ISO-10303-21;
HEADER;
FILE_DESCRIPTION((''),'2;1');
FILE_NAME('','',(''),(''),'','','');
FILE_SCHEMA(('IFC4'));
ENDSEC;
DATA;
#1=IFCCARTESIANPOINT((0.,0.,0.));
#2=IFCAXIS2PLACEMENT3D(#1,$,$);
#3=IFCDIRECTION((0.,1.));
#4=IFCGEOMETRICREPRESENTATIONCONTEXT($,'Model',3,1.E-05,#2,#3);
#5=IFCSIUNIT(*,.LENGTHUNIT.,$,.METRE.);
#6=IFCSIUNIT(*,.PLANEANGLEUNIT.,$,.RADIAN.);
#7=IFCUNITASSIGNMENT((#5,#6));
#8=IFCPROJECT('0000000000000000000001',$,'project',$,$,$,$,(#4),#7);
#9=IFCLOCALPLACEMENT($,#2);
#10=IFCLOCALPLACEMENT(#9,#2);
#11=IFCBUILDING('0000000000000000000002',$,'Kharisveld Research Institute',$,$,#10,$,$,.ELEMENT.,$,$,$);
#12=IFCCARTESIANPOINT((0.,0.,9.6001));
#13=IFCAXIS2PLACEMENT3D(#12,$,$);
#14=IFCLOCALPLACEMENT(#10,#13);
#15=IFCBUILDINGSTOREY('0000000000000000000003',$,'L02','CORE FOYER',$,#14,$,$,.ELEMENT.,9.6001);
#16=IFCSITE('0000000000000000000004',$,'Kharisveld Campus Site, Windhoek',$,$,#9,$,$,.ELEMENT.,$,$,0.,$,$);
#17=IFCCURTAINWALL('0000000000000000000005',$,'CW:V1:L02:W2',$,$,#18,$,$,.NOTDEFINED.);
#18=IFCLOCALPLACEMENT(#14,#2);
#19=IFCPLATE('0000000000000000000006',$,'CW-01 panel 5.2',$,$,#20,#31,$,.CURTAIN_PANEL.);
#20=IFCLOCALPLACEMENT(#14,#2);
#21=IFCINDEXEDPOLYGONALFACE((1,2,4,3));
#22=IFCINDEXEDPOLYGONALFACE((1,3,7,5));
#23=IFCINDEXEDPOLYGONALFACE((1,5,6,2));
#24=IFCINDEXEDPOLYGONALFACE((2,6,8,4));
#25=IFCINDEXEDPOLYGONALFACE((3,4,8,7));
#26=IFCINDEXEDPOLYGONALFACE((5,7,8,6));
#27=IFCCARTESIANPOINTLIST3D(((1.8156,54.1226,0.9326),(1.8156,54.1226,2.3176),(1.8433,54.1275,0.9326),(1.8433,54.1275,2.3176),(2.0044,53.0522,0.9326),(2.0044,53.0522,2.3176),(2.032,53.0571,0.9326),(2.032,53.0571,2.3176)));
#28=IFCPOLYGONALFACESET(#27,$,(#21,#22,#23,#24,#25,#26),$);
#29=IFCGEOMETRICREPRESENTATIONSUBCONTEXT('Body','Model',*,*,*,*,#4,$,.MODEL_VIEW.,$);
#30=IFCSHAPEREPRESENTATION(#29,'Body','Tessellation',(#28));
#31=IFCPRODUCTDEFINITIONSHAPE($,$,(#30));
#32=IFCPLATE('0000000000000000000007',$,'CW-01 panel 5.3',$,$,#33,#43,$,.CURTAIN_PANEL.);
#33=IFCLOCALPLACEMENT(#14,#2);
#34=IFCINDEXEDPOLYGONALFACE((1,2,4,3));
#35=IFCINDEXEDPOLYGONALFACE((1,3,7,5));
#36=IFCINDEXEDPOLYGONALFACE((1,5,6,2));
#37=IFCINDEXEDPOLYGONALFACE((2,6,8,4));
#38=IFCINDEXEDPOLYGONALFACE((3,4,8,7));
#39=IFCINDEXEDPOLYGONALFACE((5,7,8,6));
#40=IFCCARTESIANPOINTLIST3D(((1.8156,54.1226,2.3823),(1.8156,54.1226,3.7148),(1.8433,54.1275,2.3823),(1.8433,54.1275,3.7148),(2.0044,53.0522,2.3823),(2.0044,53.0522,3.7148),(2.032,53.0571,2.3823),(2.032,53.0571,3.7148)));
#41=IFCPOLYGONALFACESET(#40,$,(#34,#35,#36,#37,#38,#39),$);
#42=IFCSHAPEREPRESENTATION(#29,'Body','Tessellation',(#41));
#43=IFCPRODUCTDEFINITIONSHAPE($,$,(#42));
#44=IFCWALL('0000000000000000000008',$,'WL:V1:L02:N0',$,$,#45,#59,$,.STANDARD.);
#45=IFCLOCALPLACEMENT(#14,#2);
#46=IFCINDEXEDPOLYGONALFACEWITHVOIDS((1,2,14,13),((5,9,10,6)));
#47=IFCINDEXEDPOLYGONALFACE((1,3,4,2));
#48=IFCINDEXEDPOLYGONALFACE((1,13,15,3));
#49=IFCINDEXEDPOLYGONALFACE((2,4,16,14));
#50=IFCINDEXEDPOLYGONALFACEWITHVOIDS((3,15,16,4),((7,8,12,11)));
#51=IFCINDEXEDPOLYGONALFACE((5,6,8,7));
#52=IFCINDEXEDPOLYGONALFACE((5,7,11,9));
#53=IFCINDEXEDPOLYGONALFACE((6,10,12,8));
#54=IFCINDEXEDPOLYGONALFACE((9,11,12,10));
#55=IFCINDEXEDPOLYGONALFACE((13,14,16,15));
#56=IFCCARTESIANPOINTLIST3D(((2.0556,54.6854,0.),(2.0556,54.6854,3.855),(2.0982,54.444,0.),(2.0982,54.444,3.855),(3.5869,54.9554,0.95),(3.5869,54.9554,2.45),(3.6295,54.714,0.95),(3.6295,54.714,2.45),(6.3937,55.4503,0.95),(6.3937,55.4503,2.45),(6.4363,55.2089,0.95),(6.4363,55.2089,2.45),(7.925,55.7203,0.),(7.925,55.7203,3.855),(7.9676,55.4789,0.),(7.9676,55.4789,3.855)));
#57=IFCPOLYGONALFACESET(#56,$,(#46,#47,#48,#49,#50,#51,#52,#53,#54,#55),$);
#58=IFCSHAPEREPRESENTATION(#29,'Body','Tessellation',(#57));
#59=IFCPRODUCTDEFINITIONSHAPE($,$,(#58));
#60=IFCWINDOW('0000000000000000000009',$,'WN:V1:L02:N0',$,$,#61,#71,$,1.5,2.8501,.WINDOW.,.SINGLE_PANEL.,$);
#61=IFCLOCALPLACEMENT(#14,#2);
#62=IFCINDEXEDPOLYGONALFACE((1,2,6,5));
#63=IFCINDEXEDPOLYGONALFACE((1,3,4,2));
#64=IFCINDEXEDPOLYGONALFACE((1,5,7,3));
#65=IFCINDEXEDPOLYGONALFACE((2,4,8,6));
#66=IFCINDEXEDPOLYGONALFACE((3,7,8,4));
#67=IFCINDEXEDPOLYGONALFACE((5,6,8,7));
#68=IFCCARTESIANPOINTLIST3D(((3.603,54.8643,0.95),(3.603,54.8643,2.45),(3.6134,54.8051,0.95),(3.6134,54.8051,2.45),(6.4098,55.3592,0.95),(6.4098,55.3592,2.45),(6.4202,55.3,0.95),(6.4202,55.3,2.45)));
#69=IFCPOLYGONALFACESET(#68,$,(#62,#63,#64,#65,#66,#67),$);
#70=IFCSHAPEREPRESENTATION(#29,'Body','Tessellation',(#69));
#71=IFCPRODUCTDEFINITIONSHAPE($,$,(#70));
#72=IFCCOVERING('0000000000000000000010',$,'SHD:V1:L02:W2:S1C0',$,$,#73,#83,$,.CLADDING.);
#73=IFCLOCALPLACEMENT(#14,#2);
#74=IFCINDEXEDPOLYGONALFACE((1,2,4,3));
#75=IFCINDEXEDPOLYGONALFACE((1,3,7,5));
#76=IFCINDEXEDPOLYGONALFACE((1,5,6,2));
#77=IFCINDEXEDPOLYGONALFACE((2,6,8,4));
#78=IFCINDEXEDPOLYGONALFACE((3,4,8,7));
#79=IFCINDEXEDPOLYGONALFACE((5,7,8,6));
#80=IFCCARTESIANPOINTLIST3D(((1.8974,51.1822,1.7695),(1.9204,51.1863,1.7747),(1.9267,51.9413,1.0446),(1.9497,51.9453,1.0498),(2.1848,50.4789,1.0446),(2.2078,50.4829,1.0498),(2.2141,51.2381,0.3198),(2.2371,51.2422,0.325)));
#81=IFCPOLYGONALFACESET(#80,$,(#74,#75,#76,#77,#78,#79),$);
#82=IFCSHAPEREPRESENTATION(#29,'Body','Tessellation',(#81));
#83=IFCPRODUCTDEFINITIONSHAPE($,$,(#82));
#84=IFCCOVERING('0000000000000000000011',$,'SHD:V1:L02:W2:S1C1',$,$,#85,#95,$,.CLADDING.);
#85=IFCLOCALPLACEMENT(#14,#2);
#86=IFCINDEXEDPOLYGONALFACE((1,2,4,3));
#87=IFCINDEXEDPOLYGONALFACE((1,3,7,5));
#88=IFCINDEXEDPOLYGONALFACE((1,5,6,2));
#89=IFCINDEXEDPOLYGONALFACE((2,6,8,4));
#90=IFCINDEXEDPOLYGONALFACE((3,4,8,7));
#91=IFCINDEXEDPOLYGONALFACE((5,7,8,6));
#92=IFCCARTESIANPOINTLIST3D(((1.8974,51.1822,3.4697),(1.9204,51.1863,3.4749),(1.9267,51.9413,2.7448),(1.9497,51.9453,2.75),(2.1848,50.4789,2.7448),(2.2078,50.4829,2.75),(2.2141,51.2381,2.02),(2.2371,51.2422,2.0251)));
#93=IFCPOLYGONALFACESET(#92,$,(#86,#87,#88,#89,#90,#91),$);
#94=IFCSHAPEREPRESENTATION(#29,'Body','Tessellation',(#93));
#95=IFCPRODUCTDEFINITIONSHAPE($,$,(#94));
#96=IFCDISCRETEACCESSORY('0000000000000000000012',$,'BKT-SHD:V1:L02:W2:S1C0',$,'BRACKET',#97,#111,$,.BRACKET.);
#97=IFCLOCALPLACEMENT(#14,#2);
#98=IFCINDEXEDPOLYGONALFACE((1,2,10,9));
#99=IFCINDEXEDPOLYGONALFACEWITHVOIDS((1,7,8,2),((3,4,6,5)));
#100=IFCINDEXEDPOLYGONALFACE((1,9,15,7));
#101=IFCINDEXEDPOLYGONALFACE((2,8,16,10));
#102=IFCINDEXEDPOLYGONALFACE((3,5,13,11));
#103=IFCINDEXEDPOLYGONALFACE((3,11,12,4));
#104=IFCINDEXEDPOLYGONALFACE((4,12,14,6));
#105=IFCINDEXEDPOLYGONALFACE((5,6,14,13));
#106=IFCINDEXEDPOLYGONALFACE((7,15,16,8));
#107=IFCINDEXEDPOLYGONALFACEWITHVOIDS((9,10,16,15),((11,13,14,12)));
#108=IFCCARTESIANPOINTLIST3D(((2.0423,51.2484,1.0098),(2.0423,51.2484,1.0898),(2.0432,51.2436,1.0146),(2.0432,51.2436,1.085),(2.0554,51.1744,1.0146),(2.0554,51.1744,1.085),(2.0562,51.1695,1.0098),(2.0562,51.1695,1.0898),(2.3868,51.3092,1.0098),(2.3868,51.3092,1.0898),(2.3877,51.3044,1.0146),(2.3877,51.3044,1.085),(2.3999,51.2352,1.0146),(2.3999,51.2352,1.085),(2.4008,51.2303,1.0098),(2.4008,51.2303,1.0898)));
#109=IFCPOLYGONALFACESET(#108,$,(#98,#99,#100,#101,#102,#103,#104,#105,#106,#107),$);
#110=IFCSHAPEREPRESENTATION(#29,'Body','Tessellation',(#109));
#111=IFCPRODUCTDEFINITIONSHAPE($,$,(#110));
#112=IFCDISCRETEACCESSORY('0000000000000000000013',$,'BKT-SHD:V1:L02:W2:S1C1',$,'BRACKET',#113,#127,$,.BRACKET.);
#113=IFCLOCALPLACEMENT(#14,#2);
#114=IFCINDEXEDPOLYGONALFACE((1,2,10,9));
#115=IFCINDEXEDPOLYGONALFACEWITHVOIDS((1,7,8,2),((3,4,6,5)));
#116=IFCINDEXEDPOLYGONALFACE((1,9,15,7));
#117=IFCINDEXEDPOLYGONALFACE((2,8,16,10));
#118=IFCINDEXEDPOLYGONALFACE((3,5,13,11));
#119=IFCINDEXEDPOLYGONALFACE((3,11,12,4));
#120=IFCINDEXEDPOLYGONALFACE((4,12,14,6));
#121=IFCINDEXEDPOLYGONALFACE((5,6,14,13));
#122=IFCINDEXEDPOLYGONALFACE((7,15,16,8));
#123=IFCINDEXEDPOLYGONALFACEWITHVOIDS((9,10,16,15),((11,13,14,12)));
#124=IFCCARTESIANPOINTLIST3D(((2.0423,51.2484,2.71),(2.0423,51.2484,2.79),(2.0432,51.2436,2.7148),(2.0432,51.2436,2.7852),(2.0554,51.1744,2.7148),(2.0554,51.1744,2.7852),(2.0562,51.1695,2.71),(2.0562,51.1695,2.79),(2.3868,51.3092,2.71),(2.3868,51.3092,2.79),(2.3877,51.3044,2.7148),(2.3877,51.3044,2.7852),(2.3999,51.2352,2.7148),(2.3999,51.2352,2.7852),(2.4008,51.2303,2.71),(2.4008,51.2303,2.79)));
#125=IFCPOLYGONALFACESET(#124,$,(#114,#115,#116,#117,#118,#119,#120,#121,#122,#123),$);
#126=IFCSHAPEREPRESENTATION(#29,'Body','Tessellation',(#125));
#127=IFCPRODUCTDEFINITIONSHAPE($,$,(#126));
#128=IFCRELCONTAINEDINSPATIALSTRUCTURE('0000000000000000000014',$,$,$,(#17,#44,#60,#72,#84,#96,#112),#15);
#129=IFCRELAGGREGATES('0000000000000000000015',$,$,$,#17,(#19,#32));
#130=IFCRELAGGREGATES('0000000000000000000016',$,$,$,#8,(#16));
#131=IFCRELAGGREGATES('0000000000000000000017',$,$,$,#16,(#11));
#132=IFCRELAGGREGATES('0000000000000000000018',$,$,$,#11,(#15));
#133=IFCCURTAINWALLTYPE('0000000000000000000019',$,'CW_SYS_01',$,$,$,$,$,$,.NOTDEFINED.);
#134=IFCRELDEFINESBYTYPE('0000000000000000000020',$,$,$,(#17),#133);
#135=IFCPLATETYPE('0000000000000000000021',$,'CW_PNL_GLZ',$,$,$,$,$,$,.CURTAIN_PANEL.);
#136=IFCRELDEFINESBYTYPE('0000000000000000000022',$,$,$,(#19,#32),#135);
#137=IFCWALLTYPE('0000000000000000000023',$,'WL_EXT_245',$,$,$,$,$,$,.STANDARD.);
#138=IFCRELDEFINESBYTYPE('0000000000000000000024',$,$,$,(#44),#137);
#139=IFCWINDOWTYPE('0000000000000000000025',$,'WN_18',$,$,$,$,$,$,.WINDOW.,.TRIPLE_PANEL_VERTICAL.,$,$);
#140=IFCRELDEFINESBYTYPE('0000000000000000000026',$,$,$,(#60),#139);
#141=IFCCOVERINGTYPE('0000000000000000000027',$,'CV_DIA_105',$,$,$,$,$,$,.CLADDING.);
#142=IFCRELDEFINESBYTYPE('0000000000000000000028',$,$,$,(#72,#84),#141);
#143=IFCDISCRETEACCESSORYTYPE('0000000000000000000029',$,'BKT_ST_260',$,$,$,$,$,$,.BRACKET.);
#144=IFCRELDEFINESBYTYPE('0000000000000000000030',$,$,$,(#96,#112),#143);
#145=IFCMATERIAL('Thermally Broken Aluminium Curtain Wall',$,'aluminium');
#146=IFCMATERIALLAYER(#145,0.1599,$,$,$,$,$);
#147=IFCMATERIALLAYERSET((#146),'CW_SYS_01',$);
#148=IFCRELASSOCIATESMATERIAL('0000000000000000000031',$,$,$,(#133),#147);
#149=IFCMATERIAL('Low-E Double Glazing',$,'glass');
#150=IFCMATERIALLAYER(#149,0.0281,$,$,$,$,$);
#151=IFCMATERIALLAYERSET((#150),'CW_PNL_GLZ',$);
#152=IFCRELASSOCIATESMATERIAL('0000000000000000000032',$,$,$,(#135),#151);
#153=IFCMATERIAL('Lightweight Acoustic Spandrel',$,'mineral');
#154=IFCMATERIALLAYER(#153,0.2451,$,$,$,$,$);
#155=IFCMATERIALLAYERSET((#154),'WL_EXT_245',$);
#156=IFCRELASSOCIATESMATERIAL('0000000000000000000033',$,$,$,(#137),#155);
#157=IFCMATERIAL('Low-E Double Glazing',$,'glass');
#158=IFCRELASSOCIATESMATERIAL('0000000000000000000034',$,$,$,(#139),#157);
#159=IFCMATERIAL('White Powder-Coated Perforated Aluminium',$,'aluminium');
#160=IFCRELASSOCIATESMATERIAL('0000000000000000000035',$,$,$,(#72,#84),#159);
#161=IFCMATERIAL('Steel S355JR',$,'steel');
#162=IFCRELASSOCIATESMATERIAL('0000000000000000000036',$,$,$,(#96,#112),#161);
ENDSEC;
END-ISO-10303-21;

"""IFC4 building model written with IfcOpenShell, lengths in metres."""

from ifc_helpers import new_model, si_unit, direction, frame, frame_2d, origin, origin_2d, place, context, subcontext, project, spatial, polyline, rectangle, hollow_rectangle, outline, extrude, material, layer, layer_set, type_object, element, fill, aggregate, save


model = new_model("IFC4")

# Units and contexts
model_context = context("Model", 3, precision=1e-05, world=origin(), true_north=direction((0.0, 1.0)))
body_context = subcontext(model_context, "Body", "Model", "MODEL_VIEW")
ifc_project = project(units=[si_unit("LENGTHUNIT", "METRE"), si_unit("PLANEANGLEUNIT", "RADIAN")], contexts=[model_context])

# Site, building, storey
site_placement = place(None, origin())
site = spatial("IfcSite", under=ifc_project, at=site_placement, Name="Kharisveld Campus Site, Windhoek", CompositionType="ELEMENT", RefElevation=0.0)
building_placement = place(site_placement, origin())
building = spatial("IfcBuilding", under=site, at=building_placement, Name="Kharisveld Research Institute", CompositionType="ELEMENT")
storey_placement = place(building_placement, frame((0.0, 0.0, 9.6001)))
storey = spatial("IfcBuildingStorey", under=building, at=storey_placement, Name="L02", Description="CORE FOYER", CompositionType="ELEMENT", Elevation=9.6001)

# Curtain wall
ifc_material_1 = material(Name="Thermally Broken Aluminium Curtain Wall", Category="aluminium")
ifc_layer_1 = layer(ifc_material_1, 0.1599)
ifc_layer_set_1 = layer_set([ifc_layer_1], Name="CW_SYS_01")
curtain_wall_type = type_object("IfcCurtainWallType", Name="CW_SYS_01", PredefinedType="NOTDEFINED", material=ifc_layer_set_1)
curtain_wall_placement = place(storey_placement, origin())
curtain_wall = element("IfcCurtainWall", 1, at=curtain_wall_placement, inside=storey, type_object=curtain_wall_type, Name="CW:V1:L02:W2", PredefinedType="NOTDEFINED")

# Plates
ifc_material_2 = material(Name="Low-E Double Glazing", Category="glass")
ifc_layer_2 = layer(ifc_material_2, 0.0281)
ifc_layer_set_2 = layer_set([ifc_layer_2], Name="CW_PNL_GLZ")
plate_type = type_object("IfcPlateType", Name="CW_PNL_GLZ", PredefinedType="CURTAIN_PANEL", material=ifc_layer_set_2)
plate_1_placement = place(storey_placement, frame((1.9238, 53.5898, 0.9326), z_axis=(0.0, 0.0, 1.0), x_axis=(-0.173648, 0.984808, 0.0)))
plate_1 = element("IfcPlate", 2, at=plate_1_placement, type_object=plate_type, Name="CW-01 panel 5.2", PredefinedType="CURTAIN_PANEL", context=body_context, shape_type="SweptSolid", body=[
    extrude(rectangle(XDim=1.0869, YDim=0.0281, at=origin_2d()), origin(), (0.0, 0.0, 1.0), 1.385),
])
plate_2_placement = place(storey_placement, frame((1.9238, 53.5898, 2.3823), z_axis=(0.0, 0.0, 1.0), x_axis=(-0.173648, 0.984808, 0.0)))
plate_2 = element("IfcPlate", 3, at=plate_2_placement, type_object=plate_type, Name="CW-01 panel 5.3", PredefinedType="CURTAIN_PANEL", context=body_context, shape_type="SweptSolid", body=[
    extrude(rectangle(XDim=1.0869, YDim=0.0281, at=origin_2d()), origin(), (0.0, 0.0, 1.0), 1.3325),
])
aggregate(curtain_wall, [plate_1, plate_2])

# Wall, opening, window
ifc_material_3 = material(Name="Lightweight Acoustic Spandrel", Category="mineral")
ifc_layer_3 = layer(ifc_material_3, 0.2451)
ifc_layer_set_3 = layer_set([ifc_layer_3], Name="WL_EXT_245")
wall_type = type_object("IfcWallType", Name="WL_EXT_245", PredefinedType="STANDARD", material=ifc_layer_set_3)
wall_placement = place(storey_placement, frame((2.0769, 54.5647, 0.0), z_axis=(0.0, 0.0, 1.0), x_axis=(0.984808, 0.173645, 0.0)))
wall = element("IfcWall", 4, at=wall_placement, inside=storey, type_object=wall_type, Name="WL:V1:L02:N0", PredefinedType="STANDARD", context=body_context, shape_type="SweptSolid", body=[
    extrude(rectangle(XDim=5.96, YDim=0.2451, at=frame_2d((2.98, 0.0))), origin(), (0.0, 0.0, 1.0), 3.855),
])
opening_placement = place(wall_placement, frame((1.5549, 0.0, 0.95)))
opening = element("IfcOpeningElement", 5, at=opening_placement, cuts=wall, PredefinedType="OPENING", context=body_context, shape_type="SweptSolid", body=[
    extrude(rectangle(XDim=2.8501, YDim=1.5, at=frame_2d((1.425, 0.75))), frame((0.0, 0.1226, 0.0), z_axis=(0.0, -1.0, 0.0), x_axis=(1.0, 0.0, 0.0)), (0.0, 0.0, 1.0), 0.2451),
])
ifc_material_4 = material(Name="Low-E Double Glazing", Category="glass")
window_type = type_object("IfcWindowType", Name="WN_18", PartitioningType="TRIPLE_PANEL_VERTICAL", PredefinedType="WINDOW", material=ifc_material_4)
window_placement = place(opening_placement, origin())
window = element("IfcWindow", 6, at=window_placement, inside=storey, type_object=window_type, Name="WN:V1:L02:N0", OverallHeight=1.5, OverallWidth=2.8501, PartitioningType="SINGLE_PANEL", PredefinedType="WINDOW", context=body_context, shape_type="SweptSolid", body=[
    extrude(rectangle(XDim=2.8501, YDim=1.5, at=frame_2d((1.425, 0.75))), frame((0.0, 0.03, 0.0), z_axis=(0.0, -1.0, 0.0), x_axis=(1.0, 0.0, 0.0)), (0.0, 0.0, 1.0), 0.0601),
])
fill(opening, window)

# Coverings
ifc_material_5 = material(Name="White Powder-Coated Perforated Aluminium", Category="aluminium")
covering_type = type_object("IfcCoveringType", Name="CV_DIA_105", PredefinedType="CLADDING")
for number, where, z_axis, x_axis, name in (
    (7, (2.2371, 51.2422, 0.325), (0.96142, 0.169653, 0.21654), (-0.273667, 0.669686, 0.690382), "SHD:V1:L02:W2:S1C0"),
    (8, (2.2371, 51.2422, 2.0251), (0.96142, 0.169653, 0.21654), (-0.273667, 0.669686, 0.690382), "SHD:V1:L02:W2:S1C1"),
):
    element("IfcCovering", number, at=place(storey_placement, frame(where, z_axis=z_axis, x_axis=x_axis)), inside=storey, type_object=covering_type, material=ifc_material_5, Name=name, PredefinedType="CLADDING", context=body_context, shape_type="SweptSolid", body=[
        extrude(outline(polyline([(0.0, 0.0), (1.0499, 0.0), (1.0501, 1.05), (0.0, 1.0501), (0.0, 0.0)])), origin(), (0.0, 0.0, -1.0), 0.0239),
    ])

# Discrete accessories
ifc_material_6 = material(Name="Steel S355JR", Category="steel")
discrete_accessory_type = type_object("IfcDiscreteAccessoryType", Name="BKT_ST_260", PredefinedType="BRACKET")
for number, where, z_axis, x_axis, name in (
    (9, (2.3938, 51.2698, 1.0498), (-0.984784, -0.173785, 0.0), (0.173785, -0.984784, 0.0), "BKT-SHD:V1:L02:W2:S1C0"),
    (10, (2.3938, 51.2698, 2.75), (-0.984784, -0.173785, 0.0), (0.173785, -0.984784, 0.0), "BKT-SHD:V1:L02:W2:S1C1"),
):
    element("IfcDiscreteAccessory", number, at=place(storey_placement, frame(where, z_axis=z_axis, x_axis=x_axis)), inside=storey, type_object=discrete_accessory_type, material=ifc_material_6, Name=name, ObjectType="BRACKET", PredefinedType="BRACKET", context=body_context, shape_type="SweptSolid", body=[
        extrude(hollow_rectangle(XDim=0.0801, YDim=0.0801, WallThickness=0.0049, at=origin_2d()), origin(), (0.0, 0.0, 1.0), 0.3499),
    ])

save(model, "model.ifc")
